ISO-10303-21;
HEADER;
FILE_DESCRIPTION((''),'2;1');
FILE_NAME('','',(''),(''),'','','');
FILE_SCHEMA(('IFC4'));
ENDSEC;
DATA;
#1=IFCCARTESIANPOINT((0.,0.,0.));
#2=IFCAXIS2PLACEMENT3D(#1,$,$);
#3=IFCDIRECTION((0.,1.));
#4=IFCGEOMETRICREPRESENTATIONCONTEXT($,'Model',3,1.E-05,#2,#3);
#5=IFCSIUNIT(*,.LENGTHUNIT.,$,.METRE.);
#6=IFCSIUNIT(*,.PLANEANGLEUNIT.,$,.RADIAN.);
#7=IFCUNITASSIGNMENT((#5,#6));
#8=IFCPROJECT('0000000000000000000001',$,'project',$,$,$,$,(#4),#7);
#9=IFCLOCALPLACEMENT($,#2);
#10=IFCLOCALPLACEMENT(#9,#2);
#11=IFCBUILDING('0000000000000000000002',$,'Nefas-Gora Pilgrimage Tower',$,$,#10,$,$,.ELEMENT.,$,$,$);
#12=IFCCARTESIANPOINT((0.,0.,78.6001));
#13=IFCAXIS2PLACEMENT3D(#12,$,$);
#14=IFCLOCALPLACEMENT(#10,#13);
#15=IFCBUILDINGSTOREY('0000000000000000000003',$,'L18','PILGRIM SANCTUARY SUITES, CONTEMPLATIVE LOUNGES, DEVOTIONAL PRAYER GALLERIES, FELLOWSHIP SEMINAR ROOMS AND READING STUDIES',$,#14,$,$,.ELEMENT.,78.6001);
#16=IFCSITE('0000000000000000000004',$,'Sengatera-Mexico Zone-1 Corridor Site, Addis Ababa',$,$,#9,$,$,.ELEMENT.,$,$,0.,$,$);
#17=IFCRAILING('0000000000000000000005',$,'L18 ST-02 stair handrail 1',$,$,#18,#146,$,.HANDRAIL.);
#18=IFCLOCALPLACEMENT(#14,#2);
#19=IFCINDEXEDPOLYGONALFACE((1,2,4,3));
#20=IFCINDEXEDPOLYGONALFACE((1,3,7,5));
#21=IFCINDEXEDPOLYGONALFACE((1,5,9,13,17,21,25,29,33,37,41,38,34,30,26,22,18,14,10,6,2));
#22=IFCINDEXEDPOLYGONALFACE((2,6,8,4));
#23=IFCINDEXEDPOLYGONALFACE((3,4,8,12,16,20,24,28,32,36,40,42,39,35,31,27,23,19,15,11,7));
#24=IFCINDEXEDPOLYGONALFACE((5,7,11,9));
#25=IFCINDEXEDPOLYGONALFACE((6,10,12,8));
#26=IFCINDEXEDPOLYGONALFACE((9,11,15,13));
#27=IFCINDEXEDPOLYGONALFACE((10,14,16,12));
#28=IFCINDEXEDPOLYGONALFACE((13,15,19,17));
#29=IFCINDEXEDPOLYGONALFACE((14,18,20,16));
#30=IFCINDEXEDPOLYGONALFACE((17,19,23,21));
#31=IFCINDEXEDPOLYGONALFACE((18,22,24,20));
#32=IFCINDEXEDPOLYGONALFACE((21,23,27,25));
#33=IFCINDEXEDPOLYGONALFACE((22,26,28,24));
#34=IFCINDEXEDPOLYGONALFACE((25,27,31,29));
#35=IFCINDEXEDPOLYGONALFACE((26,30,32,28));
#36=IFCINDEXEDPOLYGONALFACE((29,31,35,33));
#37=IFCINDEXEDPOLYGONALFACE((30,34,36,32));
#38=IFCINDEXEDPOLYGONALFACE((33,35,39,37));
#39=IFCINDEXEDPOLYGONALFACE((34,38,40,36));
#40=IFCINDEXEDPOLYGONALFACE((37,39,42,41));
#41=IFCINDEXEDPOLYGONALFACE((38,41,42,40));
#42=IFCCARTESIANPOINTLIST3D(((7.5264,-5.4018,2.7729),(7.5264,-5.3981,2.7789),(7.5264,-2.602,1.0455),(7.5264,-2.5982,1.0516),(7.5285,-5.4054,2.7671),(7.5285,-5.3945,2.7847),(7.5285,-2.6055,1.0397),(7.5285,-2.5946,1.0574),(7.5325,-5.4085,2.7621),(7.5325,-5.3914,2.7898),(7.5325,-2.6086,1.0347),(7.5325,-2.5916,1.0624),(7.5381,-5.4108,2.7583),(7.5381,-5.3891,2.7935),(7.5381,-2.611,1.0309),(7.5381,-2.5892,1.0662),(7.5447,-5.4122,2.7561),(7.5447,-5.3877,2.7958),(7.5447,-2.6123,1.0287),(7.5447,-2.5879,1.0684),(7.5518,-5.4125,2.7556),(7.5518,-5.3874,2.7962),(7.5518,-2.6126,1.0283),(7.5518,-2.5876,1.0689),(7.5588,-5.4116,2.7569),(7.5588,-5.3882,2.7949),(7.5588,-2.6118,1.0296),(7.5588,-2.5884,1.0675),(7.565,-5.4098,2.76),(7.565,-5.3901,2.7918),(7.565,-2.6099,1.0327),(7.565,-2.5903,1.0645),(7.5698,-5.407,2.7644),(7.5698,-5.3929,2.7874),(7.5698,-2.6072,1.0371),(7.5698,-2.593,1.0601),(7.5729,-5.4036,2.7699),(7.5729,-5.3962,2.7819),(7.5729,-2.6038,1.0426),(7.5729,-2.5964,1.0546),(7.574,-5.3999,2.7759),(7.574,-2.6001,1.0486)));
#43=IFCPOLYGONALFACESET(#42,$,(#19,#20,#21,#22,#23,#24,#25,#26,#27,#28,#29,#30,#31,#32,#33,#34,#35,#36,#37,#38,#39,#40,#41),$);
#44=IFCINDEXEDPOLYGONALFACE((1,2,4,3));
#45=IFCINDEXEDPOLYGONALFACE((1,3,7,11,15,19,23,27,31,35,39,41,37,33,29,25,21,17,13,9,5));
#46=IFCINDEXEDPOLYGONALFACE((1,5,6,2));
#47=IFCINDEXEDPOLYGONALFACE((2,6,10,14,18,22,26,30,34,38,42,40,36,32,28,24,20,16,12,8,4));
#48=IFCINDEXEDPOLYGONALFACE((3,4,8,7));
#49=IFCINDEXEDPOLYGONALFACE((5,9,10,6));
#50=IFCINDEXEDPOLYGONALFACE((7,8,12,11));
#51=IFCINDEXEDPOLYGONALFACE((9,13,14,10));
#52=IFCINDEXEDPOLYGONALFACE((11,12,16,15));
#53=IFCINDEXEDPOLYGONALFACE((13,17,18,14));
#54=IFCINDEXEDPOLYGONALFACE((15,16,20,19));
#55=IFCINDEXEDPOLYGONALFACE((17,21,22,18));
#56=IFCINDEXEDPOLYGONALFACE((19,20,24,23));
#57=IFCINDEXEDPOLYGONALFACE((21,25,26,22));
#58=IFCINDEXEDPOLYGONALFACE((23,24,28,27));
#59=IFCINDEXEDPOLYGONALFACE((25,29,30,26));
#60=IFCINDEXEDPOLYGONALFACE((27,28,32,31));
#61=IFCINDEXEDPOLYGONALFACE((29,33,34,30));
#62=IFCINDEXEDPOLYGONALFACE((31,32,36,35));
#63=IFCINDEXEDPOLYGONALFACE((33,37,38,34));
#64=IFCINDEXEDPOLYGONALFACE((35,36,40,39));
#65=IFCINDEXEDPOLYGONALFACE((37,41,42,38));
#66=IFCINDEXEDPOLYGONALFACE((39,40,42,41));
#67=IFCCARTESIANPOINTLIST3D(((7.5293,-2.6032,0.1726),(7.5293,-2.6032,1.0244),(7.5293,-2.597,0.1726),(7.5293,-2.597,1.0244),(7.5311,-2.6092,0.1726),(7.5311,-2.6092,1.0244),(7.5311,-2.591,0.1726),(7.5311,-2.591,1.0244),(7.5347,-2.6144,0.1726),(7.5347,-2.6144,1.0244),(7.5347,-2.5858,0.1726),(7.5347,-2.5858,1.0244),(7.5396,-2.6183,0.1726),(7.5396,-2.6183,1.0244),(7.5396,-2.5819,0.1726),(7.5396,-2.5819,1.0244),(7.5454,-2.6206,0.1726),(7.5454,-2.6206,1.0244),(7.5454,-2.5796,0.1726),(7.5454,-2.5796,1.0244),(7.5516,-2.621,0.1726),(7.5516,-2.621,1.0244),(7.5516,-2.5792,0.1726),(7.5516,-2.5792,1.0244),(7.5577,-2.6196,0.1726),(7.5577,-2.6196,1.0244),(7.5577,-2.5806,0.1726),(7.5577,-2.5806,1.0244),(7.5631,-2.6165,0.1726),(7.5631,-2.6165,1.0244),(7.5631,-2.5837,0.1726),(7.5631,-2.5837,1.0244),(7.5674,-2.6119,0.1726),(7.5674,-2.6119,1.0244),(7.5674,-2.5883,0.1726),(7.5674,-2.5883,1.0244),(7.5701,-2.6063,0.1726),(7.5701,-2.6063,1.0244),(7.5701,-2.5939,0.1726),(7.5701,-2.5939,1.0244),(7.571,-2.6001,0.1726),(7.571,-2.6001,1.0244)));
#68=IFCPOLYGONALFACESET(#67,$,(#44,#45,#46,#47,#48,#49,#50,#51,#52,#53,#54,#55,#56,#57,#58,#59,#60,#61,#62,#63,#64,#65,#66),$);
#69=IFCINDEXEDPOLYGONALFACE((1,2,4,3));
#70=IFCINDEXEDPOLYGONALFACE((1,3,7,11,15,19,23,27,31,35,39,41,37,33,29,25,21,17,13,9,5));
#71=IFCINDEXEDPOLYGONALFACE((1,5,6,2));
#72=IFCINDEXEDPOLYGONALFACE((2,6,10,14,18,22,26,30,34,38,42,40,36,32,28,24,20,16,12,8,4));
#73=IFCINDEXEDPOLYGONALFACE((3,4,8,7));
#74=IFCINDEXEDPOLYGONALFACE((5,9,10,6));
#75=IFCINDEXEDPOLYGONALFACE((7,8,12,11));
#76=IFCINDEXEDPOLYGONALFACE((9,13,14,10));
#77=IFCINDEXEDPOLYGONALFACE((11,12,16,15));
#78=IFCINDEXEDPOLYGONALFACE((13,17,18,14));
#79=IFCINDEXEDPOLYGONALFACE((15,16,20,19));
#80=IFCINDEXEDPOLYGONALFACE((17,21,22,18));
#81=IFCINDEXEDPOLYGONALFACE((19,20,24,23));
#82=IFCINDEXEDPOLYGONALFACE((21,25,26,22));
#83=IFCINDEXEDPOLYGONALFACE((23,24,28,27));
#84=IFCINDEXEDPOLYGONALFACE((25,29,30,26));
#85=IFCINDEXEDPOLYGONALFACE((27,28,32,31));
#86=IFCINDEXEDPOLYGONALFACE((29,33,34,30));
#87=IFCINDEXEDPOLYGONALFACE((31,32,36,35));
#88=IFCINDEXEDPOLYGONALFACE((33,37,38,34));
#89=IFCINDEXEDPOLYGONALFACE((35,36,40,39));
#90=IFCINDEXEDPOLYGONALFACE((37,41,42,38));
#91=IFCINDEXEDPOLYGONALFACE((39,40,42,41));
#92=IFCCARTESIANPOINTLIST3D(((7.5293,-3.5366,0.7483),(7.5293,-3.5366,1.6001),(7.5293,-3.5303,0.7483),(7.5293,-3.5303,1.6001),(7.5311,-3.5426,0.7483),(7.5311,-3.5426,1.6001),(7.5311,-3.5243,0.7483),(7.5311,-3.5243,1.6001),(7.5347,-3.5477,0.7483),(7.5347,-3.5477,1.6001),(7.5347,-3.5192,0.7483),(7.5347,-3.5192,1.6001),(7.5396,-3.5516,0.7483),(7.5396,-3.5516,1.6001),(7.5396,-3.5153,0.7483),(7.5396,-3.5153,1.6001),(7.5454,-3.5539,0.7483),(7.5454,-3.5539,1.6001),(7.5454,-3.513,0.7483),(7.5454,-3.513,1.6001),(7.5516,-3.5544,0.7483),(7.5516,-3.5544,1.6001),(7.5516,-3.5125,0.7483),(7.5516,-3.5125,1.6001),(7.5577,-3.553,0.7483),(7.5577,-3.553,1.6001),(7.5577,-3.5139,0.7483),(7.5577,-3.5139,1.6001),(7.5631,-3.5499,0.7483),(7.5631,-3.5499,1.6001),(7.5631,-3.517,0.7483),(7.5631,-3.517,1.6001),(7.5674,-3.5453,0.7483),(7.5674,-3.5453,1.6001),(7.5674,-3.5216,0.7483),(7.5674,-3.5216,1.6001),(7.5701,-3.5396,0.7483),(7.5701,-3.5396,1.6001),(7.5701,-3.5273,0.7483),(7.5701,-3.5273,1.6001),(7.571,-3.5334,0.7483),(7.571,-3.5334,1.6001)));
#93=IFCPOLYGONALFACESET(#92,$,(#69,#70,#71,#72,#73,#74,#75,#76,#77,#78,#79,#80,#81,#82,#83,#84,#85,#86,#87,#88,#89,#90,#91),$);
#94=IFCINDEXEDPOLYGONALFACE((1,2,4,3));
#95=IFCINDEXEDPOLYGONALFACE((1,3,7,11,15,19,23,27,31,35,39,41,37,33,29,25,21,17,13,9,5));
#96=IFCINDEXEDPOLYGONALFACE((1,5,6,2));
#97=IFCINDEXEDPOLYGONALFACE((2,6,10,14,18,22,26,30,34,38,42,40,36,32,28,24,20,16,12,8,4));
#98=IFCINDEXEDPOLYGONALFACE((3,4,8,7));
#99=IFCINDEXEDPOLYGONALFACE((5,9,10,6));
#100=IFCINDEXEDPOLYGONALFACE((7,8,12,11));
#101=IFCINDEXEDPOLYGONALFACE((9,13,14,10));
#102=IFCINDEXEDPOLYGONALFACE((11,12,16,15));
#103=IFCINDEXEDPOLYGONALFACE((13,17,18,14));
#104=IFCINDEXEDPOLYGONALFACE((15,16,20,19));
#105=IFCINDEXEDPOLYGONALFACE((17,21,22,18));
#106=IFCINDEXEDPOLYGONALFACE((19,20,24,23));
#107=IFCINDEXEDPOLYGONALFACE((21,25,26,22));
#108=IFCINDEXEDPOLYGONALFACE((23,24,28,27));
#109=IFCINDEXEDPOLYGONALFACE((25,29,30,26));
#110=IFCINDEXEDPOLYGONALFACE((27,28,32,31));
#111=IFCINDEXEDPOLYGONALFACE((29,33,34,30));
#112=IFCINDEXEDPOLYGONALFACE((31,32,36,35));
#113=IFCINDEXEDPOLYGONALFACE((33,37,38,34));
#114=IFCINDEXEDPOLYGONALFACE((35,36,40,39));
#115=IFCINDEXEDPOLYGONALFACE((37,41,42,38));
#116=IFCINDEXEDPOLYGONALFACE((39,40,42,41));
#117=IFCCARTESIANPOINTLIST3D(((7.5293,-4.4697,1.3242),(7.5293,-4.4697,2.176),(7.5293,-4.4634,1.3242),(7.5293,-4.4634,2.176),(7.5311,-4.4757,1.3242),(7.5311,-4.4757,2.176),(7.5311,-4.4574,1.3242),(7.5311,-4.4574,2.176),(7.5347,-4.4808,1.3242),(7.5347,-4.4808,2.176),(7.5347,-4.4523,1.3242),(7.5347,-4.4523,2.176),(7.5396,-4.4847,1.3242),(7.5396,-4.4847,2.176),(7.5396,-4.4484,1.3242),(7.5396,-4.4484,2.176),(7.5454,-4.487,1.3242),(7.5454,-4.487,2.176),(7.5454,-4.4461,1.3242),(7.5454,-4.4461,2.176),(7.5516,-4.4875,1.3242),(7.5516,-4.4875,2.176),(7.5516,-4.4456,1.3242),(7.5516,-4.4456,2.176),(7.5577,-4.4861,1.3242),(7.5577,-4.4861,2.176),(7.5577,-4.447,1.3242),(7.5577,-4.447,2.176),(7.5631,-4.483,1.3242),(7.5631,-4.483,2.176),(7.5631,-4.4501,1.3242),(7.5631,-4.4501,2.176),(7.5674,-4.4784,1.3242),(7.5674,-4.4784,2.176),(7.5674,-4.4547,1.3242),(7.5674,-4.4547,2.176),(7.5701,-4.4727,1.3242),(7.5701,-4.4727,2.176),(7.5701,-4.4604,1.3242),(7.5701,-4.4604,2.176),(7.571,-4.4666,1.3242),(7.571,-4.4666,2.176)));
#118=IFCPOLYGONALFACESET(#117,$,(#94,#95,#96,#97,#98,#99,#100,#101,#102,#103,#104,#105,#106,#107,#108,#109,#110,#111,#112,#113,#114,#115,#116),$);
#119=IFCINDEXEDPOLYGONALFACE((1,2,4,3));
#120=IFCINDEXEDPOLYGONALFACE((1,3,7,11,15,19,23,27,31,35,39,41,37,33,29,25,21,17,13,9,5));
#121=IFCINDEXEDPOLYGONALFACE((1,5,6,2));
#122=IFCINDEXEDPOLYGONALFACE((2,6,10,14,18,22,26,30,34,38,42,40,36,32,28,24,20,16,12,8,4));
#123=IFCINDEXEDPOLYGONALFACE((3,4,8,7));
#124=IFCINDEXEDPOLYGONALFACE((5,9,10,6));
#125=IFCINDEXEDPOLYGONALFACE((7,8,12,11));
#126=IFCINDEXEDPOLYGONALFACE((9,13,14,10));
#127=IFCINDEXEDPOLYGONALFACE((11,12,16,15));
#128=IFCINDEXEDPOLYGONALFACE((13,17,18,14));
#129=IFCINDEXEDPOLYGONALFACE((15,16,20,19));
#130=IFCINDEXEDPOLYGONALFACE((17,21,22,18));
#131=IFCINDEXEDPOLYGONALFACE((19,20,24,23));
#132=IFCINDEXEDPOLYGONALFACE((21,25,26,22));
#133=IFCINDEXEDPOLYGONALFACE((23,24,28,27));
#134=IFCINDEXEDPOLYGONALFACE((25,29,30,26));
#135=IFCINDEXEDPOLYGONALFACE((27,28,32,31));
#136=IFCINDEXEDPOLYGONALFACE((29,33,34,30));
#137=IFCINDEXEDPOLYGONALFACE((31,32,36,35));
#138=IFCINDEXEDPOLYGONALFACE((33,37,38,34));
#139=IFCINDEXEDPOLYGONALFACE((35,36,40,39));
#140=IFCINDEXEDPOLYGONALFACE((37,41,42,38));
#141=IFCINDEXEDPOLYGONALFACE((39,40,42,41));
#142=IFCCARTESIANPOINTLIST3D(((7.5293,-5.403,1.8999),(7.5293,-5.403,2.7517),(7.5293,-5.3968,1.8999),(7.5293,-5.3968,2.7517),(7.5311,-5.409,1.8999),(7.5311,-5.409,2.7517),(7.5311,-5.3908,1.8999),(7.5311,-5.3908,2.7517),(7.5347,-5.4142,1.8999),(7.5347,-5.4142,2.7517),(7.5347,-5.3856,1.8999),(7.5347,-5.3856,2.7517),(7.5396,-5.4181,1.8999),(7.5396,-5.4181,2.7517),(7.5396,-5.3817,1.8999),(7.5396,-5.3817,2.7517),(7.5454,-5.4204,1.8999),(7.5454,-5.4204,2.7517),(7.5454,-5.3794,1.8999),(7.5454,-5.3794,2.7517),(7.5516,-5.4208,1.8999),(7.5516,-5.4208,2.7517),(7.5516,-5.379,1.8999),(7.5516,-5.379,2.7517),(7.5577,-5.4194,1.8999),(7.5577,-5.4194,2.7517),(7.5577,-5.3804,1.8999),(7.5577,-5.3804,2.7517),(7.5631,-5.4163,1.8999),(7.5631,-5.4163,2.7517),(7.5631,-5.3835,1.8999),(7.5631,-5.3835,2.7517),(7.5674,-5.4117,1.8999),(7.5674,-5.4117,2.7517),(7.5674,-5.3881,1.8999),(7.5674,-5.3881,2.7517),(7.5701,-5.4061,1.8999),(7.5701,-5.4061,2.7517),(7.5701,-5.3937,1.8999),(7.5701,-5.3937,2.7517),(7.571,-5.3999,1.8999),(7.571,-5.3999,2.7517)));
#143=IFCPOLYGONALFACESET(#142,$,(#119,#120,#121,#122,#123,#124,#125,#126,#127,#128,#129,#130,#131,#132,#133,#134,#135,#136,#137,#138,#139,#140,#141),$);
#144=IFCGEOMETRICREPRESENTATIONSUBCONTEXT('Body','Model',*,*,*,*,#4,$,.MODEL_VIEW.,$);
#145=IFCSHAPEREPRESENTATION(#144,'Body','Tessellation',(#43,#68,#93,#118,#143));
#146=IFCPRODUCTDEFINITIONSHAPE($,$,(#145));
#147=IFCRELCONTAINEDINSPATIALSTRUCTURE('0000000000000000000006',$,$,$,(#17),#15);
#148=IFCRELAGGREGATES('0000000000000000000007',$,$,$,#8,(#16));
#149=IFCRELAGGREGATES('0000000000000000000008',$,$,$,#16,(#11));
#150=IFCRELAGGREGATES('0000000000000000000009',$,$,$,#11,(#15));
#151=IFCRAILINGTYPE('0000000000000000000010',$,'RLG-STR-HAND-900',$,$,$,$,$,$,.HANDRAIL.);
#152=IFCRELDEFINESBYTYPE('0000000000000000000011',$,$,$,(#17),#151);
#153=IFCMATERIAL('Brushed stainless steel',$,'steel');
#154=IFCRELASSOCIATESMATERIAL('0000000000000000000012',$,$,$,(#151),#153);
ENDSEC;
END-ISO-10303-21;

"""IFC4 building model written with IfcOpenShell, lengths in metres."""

from ifc_helpers import new_model, si_unit, direction, frame, origin, origin_2d, place, context, subcontext, project, spatial, circle, extrude, material, type_object, element, save


model = new_model("IFC4")

# Units and contexts
model_context = context("Model", 3, precision=1e-05, world=origin(), true_north=direction((0.0, 1.0)))
body_context = subcontext(model_context, "Body", "Model", "MODEL_VIEW")
ifc_project = project(units=[si_unit("LENGTHUNIT", "METRE"), si_unit("PLANEANGLEUNIT", "RADIAN")], contexts=[model_context])

# Site, building, storey
site_placement = place(None, origin())
site = spatial("IfcSite", under=ifc_project, at=site_placement, Name="Sengatera-Mexico Zone-1 Corridor Site, Addis Ababa", CompositionType="ELEMENT", RefElevation=0.0)
building_placement = place(site_placement, origin())
building = spatial("IfcBuilding", under=site, at=building_placement, Name="Nefas-Gora Pilgrimage Tower", CompositionType="ELEMENT")
storey_placement = place(building_placement, frame((0.0, 0.0, 78.6001)))
storey = spatial("IfcBuildingStorey", under=building, at=storey_placement, Name="L18", Description="PILGRIM SANCTUARY SUITES, CONTEMPLATIVE LOUNGES, DEVOTIONAL PRAYER GALLERIES, FELLOWSHIP SEMINAR ROOMS AND READING STUDIES", CompositionType="ELEMENT", Elevation=78.6001)

# Railing
ifc_material_1 = material(Name="Brushed stainless steel", Category="steel")
railing_type_1 = type_object("IfcRailingType", Name="RLG-STR-HAND-900", PredefinedType="HANDRAIL", material=ifc_material_1)
railing_1_placement = place(storey_placement, frame((7.55, -2.6001, 0.1726)))
element("IfcRailing", 1, at=railing_1_placement, inside=storey, type_object=railing_type_1, Name="L18 ST-02 stair handrail 1", PredefinedType="HANDRAIL", context=body_context, shape_type="SweptSolid", body=[
    extrude(circle(Radius=0.0239, at=origin_2d()), frame((0.0, 0.0, 0.876), z_axis=(0.0, -0.851069, 0.525054), x_axis=(1.0, 0.0, 0.0)), (0.0, 0.0, 1.0), 3.2898),
    extrude(circle(Radius=0.021, at=origin_2d()), origin(), (0.0, 0.0, 1.0), 0.8518),
    extrude(circle(Radius=0.021, at=origin_2d()), frame((0.0, -0.9333, 0.5757)), (0.0, 0.0, 1.0), 0.8518),
    extrude(circle(Radius=0.021, at=origin_2d()), frame((0.0, -1.8665, 1.1516)), (0.0, 0.0, 1.0), 0.8518),
    extrude(circle(Radius=0.021, at=origin_2d()), frame((0.0, -2.7998, 1.7273)), (0.0, 0.0, 1.0), 0.8518),
])

save(model, "model.ifc")
